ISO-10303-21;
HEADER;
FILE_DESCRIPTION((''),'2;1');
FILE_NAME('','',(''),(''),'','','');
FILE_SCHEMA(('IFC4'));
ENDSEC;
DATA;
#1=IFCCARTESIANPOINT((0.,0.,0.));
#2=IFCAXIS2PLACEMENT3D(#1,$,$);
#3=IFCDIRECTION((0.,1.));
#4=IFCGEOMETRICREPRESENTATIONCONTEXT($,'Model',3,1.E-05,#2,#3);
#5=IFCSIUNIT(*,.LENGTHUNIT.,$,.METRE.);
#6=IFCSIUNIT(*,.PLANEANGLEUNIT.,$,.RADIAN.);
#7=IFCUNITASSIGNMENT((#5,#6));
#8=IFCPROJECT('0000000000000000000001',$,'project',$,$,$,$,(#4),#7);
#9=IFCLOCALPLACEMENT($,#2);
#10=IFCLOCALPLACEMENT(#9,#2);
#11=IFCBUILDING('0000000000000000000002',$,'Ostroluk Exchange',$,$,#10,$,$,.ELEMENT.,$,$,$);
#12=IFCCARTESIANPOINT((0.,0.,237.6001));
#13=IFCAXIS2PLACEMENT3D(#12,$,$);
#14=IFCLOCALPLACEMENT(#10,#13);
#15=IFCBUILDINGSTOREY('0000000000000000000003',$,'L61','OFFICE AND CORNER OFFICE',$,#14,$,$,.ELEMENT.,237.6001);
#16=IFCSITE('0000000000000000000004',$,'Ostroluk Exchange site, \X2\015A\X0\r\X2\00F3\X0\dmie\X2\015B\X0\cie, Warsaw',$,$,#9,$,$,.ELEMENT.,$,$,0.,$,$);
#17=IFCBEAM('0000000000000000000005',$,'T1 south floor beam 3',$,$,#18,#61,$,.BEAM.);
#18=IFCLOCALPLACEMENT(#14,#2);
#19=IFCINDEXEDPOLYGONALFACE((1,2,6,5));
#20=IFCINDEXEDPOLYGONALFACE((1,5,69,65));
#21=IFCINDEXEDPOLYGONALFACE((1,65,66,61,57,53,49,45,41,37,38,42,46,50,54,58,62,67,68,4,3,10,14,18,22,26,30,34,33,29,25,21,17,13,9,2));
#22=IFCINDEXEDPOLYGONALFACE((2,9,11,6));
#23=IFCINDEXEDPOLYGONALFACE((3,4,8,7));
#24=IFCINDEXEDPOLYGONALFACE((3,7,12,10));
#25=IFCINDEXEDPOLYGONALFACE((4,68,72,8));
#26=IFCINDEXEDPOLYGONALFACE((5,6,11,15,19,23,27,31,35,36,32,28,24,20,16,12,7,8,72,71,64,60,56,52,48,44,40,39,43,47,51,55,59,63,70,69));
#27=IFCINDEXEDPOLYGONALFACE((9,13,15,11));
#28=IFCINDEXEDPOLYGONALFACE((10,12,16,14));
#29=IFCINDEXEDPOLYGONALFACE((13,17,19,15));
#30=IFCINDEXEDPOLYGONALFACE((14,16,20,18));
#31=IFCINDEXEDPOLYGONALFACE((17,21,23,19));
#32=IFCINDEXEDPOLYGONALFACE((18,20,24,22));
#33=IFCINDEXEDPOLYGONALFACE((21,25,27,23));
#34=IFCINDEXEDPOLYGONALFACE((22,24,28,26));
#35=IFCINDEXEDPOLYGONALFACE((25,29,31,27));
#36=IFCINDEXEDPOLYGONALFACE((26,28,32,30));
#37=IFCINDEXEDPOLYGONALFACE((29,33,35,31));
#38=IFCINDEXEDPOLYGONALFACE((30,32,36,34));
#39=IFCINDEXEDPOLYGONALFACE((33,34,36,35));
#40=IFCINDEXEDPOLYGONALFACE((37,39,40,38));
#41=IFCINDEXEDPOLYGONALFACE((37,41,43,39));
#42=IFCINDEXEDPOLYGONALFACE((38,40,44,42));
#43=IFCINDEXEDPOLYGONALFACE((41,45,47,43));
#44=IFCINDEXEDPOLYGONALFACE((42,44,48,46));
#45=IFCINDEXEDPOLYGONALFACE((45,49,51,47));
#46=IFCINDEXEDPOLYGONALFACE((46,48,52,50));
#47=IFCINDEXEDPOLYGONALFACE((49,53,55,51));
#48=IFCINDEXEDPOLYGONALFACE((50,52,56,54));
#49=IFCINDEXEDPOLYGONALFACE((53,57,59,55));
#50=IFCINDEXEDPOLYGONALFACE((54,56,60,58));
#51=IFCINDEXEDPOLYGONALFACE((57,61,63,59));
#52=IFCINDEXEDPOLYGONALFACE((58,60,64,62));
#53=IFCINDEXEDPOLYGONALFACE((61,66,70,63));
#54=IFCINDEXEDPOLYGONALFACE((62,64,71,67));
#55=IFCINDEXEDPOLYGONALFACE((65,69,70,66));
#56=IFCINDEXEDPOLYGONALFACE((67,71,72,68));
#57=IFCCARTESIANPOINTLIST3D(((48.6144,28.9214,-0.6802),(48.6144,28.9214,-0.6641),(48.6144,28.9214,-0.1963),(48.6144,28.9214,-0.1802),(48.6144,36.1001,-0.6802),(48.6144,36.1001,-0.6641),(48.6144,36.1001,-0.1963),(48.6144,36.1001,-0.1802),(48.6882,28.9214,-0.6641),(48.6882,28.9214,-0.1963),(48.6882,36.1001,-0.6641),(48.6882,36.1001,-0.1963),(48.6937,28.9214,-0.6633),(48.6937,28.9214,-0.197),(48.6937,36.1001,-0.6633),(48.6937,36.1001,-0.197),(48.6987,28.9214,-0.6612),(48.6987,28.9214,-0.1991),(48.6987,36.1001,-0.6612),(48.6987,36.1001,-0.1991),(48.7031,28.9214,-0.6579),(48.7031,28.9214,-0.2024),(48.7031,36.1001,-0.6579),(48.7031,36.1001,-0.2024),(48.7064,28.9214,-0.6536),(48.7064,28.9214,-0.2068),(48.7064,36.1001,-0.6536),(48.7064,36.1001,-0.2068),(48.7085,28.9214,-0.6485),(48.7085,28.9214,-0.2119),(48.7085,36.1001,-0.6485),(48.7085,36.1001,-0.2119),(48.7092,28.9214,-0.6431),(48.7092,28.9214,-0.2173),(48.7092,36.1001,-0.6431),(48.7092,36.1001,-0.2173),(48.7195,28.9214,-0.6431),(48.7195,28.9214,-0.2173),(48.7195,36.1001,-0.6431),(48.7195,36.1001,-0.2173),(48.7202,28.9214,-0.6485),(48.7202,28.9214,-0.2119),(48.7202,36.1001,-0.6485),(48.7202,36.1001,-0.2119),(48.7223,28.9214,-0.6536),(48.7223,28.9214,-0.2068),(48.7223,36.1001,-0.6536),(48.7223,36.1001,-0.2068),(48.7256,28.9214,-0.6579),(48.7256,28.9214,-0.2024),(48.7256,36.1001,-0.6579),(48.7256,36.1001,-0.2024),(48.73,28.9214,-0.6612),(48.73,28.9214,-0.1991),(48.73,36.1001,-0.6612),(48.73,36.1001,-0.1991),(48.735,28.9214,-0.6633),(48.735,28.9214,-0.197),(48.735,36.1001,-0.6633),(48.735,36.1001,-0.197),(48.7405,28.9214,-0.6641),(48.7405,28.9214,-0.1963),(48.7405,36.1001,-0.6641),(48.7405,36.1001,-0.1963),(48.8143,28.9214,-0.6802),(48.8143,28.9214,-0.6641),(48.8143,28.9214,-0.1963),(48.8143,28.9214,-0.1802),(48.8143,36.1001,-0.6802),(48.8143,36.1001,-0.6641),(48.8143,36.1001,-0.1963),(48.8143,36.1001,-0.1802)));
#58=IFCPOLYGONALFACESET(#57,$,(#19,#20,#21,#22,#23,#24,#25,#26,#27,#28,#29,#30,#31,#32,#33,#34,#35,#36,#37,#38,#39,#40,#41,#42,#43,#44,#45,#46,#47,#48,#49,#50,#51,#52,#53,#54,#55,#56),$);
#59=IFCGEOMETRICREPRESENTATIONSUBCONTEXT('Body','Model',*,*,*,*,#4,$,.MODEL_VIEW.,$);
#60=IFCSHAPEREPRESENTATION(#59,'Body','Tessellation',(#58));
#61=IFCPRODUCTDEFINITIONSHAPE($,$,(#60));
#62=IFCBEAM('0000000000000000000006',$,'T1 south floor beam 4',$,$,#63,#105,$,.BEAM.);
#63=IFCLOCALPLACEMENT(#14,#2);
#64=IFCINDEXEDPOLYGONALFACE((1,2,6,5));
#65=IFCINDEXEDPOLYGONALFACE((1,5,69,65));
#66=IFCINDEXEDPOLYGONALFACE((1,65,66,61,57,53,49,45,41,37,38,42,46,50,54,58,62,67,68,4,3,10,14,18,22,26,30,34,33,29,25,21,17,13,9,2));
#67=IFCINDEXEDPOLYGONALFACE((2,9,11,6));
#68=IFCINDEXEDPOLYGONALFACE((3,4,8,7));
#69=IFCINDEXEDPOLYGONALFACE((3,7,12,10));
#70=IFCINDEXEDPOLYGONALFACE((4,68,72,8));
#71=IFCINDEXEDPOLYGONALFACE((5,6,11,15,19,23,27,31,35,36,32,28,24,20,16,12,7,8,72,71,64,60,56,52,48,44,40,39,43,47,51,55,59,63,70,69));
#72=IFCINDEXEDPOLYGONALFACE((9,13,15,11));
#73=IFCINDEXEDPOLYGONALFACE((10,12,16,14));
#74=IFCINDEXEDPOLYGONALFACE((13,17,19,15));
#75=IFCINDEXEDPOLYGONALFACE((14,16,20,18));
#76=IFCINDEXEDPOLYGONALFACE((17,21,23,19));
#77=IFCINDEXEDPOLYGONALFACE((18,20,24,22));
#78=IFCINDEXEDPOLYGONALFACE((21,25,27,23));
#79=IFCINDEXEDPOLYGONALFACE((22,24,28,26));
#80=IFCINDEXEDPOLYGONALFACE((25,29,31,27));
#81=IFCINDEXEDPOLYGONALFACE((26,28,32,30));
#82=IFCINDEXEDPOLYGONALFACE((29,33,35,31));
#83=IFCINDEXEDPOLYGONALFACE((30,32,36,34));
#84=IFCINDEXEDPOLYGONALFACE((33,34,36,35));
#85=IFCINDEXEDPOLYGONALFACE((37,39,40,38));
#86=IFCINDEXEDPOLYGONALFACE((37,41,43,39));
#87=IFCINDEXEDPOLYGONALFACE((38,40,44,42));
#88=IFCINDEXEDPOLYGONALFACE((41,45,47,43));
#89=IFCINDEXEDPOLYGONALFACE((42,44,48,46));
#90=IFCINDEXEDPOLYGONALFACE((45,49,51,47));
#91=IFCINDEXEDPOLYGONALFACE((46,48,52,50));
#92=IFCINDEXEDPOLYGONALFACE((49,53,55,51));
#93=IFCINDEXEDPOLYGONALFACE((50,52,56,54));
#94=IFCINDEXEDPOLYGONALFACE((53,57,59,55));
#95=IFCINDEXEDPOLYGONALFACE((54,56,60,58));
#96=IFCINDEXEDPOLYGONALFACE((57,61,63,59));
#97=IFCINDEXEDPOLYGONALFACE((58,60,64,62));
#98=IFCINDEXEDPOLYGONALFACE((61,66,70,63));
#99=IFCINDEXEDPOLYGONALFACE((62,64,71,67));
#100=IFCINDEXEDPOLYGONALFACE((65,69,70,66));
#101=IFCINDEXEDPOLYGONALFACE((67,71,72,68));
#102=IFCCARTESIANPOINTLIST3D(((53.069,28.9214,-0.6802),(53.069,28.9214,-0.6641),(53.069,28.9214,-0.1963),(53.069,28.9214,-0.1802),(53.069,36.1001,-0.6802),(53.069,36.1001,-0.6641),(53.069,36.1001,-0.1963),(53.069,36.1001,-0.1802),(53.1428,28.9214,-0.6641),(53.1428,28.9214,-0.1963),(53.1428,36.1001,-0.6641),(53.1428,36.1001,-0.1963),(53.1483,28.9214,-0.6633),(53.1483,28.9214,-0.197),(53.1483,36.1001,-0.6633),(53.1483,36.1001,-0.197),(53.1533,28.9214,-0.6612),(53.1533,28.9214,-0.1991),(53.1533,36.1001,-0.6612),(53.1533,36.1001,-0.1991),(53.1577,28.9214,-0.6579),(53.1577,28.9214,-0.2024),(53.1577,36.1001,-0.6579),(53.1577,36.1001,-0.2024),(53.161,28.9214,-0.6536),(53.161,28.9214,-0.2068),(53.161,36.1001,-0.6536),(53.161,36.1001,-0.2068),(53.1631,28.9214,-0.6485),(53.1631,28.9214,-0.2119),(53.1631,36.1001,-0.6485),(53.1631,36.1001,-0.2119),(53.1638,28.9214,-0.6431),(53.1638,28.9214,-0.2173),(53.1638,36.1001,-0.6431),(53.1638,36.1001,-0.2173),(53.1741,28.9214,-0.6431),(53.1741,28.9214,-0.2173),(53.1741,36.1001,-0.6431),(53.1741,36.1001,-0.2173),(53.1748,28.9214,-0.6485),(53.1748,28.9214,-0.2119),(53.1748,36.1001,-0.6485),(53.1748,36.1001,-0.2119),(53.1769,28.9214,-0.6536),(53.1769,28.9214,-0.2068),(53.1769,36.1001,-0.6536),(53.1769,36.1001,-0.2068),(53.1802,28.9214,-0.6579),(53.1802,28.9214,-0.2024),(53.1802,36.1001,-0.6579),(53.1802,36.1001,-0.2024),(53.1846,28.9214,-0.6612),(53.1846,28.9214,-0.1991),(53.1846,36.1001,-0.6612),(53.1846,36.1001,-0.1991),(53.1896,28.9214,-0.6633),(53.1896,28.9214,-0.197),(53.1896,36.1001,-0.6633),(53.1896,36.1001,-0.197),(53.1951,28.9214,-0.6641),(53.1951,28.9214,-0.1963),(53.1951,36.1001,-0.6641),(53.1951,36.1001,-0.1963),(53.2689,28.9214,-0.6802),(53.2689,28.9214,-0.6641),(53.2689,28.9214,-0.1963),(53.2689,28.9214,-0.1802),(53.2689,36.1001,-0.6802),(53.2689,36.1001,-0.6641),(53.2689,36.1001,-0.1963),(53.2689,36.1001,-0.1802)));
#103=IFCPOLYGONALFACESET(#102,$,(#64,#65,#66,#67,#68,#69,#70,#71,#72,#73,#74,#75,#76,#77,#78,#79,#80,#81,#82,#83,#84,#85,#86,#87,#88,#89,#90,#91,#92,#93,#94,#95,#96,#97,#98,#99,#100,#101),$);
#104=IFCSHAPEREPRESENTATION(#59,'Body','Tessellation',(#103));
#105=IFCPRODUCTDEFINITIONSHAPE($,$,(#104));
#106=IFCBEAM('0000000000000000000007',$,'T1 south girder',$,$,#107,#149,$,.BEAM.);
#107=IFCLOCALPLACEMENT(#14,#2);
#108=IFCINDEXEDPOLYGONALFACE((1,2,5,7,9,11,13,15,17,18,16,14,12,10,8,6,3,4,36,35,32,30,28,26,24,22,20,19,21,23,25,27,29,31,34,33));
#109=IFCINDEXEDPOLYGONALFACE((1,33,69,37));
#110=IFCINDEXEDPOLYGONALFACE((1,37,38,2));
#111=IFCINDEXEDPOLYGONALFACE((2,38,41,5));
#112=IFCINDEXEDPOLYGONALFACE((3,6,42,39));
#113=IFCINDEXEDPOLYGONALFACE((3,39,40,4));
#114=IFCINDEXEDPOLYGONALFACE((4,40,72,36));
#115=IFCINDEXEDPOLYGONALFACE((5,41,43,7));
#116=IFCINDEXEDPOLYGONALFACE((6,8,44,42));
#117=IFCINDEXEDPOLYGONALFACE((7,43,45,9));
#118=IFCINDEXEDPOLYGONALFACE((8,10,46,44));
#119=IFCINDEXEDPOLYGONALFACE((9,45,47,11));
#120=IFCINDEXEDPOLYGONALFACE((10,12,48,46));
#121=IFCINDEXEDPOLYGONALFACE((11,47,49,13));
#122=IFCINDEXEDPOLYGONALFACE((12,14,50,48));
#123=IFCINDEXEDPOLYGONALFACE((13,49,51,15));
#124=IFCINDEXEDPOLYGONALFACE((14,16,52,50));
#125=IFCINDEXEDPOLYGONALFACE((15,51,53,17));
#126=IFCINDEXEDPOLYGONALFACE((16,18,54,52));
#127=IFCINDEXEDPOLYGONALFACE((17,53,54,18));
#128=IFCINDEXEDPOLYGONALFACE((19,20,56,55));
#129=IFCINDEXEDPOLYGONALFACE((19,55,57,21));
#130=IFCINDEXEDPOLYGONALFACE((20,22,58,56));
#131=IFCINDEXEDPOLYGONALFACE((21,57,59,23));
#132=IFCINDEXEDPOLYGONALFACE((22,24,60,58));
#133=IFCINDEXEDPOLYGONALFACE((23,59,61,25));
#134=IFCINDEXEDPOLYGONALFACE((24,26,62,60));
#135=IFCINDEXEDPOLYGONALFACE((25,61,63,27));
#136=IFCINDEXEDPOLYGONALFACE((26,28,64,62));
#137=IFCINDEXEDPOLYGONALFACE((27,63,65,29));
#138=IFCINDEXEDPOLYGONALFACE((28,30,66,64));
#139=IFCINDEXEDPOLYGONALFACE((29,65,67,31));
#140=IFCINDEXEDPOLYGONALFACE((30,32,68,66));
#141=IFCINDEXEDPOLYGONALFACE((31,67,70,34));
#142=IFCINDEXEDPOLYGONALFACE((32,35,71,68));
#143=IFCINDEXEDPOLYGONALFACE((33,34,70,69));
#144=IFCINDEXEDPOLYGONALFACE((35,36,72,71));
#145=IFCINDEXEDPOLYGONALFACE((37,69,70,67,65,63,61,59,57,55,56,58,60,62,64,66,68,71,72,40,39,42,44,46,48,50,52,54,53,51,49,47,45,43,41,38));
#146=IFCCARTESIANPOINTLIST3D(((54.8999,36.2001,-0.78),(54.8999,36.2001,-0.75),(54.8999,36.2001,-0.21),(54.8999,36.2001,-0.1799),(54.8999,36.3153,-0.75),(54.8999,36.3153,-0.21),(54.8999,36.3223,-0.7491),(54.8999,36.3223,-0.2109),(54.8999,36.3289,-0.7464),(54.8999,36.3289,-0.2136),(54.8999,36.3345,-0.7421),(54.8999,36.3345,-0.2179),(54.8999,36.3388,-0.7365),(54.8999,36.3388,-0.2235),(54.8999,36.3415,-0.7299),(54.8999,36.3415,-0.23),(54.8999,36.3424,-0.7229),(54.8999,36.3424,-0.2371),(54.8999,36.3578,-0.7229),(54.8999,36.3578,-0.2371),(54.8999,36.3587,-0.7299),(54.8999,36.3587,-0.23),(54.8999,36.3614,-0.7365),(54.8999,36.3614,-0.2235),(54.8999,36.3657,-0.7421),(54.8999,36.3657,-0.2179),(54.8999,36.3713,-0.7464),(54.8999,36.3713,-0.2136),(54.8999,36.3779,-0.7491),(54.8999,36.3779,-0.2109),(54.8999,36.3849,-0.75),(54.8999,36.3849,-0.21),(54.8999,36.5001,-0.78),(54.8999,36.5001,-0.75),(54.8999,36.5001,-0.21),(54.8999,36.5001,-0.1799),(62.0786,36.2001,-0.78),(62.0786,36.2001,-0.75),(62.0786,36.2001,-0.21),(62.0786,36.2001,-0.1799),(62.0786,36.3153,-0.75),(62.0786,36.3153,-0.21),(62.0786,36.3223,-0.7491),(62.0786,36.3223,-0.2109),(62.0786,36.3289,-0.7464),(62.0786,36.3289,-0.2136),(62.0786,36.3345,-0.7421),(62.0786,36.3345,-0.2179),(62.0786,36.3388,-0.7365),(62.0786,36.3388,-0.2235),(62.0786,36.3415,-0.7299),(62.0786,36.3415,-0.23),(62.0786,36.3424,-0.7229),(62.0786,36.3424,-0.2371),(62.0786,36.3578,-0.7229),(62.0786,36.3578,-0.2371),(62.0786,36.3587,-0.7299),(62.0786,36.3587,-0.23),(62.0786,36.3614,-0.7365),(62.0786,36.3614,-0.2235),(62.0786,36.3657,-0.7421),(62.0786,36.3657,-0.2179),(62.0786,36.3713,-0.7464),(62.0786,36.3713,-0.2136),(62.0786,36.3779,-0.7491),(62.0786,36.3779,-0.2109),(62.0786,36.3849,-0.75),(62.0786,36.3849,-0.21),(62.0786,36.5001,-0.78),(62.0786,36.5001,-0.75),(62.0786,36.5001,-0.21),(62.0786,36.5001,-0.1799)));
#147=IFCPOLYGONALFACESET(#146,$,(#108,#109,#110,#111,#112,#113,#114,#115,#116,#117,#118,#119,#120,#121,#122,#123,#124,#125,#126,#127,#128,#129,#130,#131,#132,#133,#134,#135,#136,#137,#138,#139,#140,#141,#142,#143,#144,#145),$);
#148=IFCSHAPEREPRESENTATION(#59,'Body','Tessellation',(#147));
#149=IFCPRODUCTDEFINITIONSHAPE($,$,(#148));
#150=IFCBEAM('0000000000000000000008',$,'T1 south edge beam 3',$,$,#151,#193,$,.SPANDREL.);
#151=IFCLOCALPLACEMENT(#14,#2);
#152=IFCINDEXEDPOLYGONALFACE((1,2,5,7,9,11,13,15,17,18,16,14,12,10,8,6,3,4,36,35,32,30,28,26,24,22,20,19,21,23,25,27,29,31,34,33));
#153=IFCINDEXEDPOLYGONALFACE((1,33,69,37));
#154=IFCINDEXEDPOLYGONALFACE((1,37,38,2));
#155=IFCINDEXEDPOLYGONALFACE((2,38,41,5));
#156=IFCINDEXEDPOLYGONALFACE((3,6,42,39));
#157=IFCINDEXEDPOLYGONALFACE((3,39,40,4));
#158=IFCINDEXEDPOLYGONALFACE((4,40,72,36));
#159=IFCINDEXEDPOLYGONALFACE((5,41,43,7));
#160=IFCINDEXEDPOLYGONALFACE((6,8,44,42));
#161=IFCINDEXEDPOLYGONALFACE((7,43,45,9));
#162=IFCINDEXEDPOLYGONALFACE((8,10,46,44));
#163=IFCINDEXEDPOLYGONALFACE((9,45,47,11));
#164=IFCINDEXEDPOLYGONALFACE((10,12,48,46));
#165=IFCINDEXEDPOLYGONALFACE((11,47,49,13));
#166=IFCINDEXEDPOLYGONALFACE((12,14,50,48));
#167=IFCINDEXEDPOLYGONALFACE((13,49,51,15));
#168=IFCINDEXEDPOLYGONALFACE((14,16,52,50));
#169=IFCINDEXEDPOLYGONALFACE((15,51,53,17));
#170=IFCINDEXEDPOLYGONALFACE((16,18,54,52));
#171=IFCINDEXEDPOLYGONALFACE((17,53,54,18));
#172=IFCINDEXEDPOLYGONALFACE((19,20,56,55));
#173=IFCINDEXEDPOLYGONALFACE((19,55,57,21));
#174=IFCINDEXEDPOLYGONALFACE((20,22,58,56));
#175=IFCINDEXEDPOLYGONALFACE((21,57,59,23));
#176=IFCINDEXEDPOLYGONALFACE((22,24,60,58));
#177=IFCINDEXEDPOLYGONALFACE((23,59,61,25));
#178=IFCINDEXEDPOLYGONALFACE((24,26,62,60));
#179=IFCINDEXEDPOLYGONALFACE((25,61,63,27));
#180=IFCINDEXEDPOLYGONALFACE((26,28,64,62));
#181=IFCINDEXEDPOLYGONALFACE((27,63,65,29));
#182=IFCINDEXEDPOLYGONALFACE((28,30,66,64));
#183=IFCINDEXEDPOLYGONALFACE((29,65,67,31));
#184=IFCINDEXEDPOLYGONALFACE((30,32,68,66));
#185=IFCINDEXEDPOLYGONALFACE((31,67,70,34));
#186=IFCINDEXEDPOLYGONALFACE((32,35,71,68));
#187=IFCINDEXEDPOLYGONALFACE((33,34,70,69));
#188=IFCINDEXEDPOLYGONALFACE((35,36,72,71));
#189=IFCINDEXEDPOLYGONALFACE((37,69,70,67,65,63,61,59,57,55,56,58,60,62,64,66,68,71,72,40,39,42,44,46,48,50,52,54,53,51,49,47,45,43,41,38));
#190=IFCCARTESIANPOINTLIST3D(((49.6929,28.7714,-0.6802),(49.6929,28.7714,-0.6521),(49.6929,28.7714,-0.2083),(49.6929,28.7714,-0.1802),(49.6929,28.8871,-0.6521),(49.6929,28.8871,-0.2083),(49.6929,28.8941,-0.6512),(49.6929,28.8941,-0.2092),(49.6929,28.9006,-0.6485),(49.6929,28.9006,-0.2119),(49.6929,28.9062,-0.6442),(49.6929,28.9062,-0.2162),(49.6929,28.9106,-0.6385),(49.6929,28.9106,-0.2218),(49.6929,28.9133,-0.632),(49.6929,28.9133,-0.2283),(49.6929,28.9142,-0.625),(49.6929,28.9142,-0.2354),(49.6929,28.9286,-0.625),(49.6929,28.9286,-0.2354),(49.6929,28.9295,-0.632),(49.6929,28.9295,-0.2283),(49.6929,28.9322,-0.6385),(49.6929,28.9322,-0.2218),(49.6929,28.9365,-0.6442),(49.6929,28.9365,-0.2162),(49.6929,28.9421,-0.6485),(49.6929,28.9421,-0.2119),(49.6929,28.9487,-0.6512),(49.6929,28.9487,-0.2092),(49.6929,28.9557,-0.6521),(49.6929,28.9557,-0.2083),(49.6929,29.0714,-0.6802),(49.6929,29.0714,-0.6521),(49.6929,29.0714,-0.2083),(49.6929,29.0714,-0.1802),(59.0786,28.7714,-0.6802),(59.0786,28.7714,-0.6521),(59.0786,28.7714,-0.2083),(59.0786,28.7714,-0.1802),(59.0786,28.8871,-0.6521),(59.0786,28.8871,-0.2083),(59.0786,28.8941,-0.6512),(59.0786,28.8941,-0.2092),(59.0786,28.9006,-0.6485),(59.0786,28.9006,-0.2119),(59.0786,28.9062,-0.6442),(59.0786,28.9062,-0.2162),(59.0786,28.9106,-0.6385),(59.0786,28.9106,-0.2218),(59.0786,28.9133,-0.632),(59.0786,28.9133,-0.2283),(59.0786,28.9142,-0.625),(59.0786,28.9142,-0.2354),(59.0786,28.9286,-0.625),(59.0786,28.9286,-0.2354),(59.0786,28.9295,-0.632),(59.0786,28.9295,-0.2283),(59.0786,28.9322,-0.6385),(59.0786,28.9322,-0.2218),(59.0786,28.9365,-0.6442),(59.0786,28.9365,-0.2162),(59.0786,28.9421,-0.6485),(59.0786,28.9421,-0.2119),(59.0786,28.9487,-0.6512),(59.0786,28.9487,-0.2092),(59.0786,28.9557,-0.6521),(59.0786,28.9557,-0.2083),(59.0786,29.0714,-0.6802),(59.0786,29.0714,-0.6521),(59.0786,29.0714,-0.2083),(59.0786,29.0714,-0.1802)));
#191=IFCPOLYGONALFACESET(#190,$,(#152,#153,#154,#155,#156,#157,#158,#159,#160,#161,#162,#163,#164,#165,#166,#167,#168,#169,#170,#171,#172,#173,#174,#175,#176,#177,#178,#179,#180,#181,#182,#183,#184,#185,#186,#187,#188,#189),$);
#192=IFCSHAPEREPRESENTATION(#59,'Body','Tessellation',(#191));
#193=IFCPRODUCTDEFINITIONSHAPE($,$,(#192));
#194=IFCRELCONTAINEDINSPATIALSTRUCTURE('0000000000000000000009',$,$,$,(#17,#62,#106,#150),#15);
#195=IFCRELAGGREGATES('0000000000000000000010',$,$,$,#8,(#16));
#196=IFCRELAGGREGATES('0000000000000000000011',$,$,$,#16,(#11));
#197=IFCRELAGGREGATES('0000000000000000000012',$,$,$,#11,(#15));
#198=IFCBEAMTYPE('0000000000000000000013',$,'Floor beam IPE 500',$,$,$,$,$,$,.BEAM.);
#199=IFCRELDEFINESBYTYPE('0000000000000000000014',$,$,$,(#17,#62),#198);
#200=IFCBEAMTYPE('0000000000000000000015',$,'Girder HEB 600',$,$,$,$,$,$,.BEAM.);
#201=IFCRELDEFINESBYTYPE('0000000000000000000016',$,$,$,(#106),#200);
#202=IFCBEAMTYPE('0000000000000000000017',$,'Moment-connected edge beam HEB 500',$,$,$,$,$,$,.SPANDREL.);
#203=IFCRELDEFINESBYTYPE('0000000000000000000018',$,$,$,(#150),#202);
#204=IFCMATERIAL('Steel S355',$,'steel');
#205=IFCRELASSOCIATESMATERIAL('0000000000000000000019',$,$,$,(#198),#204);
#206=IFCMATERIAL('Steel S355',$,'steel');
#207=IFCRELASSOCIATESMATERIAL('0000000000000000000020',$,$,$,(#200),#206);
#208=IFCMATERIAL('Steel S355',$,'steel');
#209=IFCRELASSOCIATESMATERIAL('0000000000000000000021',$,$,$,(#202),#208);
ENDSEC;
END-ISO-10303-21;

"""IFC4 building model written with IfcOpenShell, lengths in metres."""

from ifc_helpers import new_model, si_unit, direction, frame, origin, origin_2d, place, context, subcontext, project, spatial, i_section, extrude, material, material_profile, profile_set, type_object, element, save


model = new_model("IFC4")

# Units and contexts
model_context = context("Model", 3, precision=1e-05, world=origin(), true_north=direction((0.0, 1.0)))
body_context = subcontext(model_context, "Body", "Model", "MODEL_VIEW")
ifc_project = project(units=[si_unit("LENGTHUNIT", "METRE"), si_unit("PLANEANGLEUNIT", "RADIAN")], contexts=[model_context])

# Site, building, storey
site_placement = place(None, origin())
site = spatial("IfcSite", under=ifc_project, at=site_placement, Name="Ostroluk Exchange site, Śródmieście, Warsaw", CompositionType="ELEMENT", RefElevation=0.0)
building_placement = place(site_placement, origin())
building = spatial("IfcBuilding", under=site, at=building_placement, Name="Ostroluk Exchange", CompositionType="ELEMENT")
storey_placement = place(building_placement, frame((0.0, 0.0, 237.6001)))
storey = spatial("IfcBuildingStorey", under=building, at=storey_placement, Name="L61", Description="OFFICE AND CORNER OFFICE", CompositionType="ELEMENT", Elevation=237.6001)

# Beams
ifc_material_1 = material(Name="Steel S355", Category="steel")
ifc_material_profile_1 = material_profile(ifc_material_1, i_section(OverallWidth=0.2, OverallDepth=0.5, WebThickness=0.0103, FlangeThickness=0.0161, FilletRadius=0.021, at=origin_2d()), Name="IPE 500")
ifc_profile_set_1 = profile_set([ifc_material_profile_1], Name="Steel S355")
beam_type_1 = type_object("IfcBeamType", Name="Floor beam IPE 500", PredefinedType="BEAM", material=ifc_profile_set_1)
for number, where, z_axis, x_axis, name in (
    (1, (48.7144, 36.1001, -0.4302), (0.0, -1.0, 0.0), (1.0, 0.0, 0.0), "T1 south floor beam 3"),
    (2, (53.1689, 36.1001, -0.4302), (0.0, -1.0, 0.0), (1.0, 0.0, 0.0), "T1 south floor beam 4"),
):
    element("IfcBeam", number, at=place(storey_placement, frame(where, z_axis=z_axis, x_axis=x_axis)), inside=storey, type_object=beam_type_1, Name=name, PredefinedType="BEAM", context=body_context, shape_type="SweptSolid", body=[
        extrude(i_section(OverallWidth=0.2, OverallDepth=0.5, WebThickness=0.0103, FlangeThickness=0.0161, FilletRadius=0.021, at=origin_2d()), origin(), (0.0, 0.0, 1.0), 7.1787),
    ])
ifc_material_2 = material(Name="Steel S355", Category="steel")
ifc_material_profile_2 = material_profile(ifc_material_2, i_section(OverallWidth=0.3, OverallDepth=0.6001, WebThickness=0.0154, FlangeThickness=0.03, FilletRadius=0.0271, at=origin_2d()), Name="HEB 600")
ifc_profile_set_2 = profile_set([ifc_material_profile_2], Name="Steel S355")
beam_type_2 = type_object("IfcBeamType", Name="Girder HEB 600", PredefinedType="BEAM", material=ifc_profile_set_2)
beam_1_placement = place(storey_placement, frame((54.8999, 36.3501, -0.48), z_axis=(1.0, 0.0, 0.0), x_axis=(0.0, 1.0, 0.0)))
element("IfcBeam", 3, at=beam_1_placement, inside=storey, type_object=beam_type_2, Name="T1 south girder", PredefinedType="BEAM", context=body_context, shape_type="SweptSolid", body=[
    extrude(i_section(OverallWidth=0.3, OverallDepth=0.6001, WebThickness=0.0154, FlangeThickness=0.03, FilletRadius=0.0271, at=origin_2d()), origin(), (0.0, 0.0, 1.0), 7.1787),
])
ifc_material_3 = material(Name="Steel S355", Category="steel")
ifc_material_profile_3 = material_profile(ifc_material_3, i_section(OverallWidth=0.3, OverallDepth=0.5, WebThickness=0.0144, FlangeThickness=0.0281, FilletRadius=0.0271, at=origin_2d()), Name="HEB 500")
ifc_profile_set_3 = profile_set([ifc_material_profile_3], Name="Steel S355")
beam_type_3 = type_object("IfcBeamType", Name="Moment-connected edge beam HEB 500", PredefinedType="SPANDREL", material=ifc_profile_set_3)
beam_2_placement = place(storey_placement, frame((49.6929, 28.9214, -0.4302), z_axis=(1.0, 0.0, 0.0), x_axis=(0.0, 1.0, 0.0)))
element("IfcBeam", 4, at=beam_2_placement, inside=storey, type_object=beam_type_3, Name="T1 south edge beam 3", PredefinedType="SPANDREL", context=body_context, shape_type="SweptSolid", body=[
    extrude(i_section(OverallWidth=0.3, OverallDepth=0.5, WebThickness=0.0144, FlangeThickness=0.0281, FilletRadius=0.0271, at=origin_2d()), origin(), (0.0, 0.0, 1.0), 9.3857),
])

save(model, "model.ifc")
